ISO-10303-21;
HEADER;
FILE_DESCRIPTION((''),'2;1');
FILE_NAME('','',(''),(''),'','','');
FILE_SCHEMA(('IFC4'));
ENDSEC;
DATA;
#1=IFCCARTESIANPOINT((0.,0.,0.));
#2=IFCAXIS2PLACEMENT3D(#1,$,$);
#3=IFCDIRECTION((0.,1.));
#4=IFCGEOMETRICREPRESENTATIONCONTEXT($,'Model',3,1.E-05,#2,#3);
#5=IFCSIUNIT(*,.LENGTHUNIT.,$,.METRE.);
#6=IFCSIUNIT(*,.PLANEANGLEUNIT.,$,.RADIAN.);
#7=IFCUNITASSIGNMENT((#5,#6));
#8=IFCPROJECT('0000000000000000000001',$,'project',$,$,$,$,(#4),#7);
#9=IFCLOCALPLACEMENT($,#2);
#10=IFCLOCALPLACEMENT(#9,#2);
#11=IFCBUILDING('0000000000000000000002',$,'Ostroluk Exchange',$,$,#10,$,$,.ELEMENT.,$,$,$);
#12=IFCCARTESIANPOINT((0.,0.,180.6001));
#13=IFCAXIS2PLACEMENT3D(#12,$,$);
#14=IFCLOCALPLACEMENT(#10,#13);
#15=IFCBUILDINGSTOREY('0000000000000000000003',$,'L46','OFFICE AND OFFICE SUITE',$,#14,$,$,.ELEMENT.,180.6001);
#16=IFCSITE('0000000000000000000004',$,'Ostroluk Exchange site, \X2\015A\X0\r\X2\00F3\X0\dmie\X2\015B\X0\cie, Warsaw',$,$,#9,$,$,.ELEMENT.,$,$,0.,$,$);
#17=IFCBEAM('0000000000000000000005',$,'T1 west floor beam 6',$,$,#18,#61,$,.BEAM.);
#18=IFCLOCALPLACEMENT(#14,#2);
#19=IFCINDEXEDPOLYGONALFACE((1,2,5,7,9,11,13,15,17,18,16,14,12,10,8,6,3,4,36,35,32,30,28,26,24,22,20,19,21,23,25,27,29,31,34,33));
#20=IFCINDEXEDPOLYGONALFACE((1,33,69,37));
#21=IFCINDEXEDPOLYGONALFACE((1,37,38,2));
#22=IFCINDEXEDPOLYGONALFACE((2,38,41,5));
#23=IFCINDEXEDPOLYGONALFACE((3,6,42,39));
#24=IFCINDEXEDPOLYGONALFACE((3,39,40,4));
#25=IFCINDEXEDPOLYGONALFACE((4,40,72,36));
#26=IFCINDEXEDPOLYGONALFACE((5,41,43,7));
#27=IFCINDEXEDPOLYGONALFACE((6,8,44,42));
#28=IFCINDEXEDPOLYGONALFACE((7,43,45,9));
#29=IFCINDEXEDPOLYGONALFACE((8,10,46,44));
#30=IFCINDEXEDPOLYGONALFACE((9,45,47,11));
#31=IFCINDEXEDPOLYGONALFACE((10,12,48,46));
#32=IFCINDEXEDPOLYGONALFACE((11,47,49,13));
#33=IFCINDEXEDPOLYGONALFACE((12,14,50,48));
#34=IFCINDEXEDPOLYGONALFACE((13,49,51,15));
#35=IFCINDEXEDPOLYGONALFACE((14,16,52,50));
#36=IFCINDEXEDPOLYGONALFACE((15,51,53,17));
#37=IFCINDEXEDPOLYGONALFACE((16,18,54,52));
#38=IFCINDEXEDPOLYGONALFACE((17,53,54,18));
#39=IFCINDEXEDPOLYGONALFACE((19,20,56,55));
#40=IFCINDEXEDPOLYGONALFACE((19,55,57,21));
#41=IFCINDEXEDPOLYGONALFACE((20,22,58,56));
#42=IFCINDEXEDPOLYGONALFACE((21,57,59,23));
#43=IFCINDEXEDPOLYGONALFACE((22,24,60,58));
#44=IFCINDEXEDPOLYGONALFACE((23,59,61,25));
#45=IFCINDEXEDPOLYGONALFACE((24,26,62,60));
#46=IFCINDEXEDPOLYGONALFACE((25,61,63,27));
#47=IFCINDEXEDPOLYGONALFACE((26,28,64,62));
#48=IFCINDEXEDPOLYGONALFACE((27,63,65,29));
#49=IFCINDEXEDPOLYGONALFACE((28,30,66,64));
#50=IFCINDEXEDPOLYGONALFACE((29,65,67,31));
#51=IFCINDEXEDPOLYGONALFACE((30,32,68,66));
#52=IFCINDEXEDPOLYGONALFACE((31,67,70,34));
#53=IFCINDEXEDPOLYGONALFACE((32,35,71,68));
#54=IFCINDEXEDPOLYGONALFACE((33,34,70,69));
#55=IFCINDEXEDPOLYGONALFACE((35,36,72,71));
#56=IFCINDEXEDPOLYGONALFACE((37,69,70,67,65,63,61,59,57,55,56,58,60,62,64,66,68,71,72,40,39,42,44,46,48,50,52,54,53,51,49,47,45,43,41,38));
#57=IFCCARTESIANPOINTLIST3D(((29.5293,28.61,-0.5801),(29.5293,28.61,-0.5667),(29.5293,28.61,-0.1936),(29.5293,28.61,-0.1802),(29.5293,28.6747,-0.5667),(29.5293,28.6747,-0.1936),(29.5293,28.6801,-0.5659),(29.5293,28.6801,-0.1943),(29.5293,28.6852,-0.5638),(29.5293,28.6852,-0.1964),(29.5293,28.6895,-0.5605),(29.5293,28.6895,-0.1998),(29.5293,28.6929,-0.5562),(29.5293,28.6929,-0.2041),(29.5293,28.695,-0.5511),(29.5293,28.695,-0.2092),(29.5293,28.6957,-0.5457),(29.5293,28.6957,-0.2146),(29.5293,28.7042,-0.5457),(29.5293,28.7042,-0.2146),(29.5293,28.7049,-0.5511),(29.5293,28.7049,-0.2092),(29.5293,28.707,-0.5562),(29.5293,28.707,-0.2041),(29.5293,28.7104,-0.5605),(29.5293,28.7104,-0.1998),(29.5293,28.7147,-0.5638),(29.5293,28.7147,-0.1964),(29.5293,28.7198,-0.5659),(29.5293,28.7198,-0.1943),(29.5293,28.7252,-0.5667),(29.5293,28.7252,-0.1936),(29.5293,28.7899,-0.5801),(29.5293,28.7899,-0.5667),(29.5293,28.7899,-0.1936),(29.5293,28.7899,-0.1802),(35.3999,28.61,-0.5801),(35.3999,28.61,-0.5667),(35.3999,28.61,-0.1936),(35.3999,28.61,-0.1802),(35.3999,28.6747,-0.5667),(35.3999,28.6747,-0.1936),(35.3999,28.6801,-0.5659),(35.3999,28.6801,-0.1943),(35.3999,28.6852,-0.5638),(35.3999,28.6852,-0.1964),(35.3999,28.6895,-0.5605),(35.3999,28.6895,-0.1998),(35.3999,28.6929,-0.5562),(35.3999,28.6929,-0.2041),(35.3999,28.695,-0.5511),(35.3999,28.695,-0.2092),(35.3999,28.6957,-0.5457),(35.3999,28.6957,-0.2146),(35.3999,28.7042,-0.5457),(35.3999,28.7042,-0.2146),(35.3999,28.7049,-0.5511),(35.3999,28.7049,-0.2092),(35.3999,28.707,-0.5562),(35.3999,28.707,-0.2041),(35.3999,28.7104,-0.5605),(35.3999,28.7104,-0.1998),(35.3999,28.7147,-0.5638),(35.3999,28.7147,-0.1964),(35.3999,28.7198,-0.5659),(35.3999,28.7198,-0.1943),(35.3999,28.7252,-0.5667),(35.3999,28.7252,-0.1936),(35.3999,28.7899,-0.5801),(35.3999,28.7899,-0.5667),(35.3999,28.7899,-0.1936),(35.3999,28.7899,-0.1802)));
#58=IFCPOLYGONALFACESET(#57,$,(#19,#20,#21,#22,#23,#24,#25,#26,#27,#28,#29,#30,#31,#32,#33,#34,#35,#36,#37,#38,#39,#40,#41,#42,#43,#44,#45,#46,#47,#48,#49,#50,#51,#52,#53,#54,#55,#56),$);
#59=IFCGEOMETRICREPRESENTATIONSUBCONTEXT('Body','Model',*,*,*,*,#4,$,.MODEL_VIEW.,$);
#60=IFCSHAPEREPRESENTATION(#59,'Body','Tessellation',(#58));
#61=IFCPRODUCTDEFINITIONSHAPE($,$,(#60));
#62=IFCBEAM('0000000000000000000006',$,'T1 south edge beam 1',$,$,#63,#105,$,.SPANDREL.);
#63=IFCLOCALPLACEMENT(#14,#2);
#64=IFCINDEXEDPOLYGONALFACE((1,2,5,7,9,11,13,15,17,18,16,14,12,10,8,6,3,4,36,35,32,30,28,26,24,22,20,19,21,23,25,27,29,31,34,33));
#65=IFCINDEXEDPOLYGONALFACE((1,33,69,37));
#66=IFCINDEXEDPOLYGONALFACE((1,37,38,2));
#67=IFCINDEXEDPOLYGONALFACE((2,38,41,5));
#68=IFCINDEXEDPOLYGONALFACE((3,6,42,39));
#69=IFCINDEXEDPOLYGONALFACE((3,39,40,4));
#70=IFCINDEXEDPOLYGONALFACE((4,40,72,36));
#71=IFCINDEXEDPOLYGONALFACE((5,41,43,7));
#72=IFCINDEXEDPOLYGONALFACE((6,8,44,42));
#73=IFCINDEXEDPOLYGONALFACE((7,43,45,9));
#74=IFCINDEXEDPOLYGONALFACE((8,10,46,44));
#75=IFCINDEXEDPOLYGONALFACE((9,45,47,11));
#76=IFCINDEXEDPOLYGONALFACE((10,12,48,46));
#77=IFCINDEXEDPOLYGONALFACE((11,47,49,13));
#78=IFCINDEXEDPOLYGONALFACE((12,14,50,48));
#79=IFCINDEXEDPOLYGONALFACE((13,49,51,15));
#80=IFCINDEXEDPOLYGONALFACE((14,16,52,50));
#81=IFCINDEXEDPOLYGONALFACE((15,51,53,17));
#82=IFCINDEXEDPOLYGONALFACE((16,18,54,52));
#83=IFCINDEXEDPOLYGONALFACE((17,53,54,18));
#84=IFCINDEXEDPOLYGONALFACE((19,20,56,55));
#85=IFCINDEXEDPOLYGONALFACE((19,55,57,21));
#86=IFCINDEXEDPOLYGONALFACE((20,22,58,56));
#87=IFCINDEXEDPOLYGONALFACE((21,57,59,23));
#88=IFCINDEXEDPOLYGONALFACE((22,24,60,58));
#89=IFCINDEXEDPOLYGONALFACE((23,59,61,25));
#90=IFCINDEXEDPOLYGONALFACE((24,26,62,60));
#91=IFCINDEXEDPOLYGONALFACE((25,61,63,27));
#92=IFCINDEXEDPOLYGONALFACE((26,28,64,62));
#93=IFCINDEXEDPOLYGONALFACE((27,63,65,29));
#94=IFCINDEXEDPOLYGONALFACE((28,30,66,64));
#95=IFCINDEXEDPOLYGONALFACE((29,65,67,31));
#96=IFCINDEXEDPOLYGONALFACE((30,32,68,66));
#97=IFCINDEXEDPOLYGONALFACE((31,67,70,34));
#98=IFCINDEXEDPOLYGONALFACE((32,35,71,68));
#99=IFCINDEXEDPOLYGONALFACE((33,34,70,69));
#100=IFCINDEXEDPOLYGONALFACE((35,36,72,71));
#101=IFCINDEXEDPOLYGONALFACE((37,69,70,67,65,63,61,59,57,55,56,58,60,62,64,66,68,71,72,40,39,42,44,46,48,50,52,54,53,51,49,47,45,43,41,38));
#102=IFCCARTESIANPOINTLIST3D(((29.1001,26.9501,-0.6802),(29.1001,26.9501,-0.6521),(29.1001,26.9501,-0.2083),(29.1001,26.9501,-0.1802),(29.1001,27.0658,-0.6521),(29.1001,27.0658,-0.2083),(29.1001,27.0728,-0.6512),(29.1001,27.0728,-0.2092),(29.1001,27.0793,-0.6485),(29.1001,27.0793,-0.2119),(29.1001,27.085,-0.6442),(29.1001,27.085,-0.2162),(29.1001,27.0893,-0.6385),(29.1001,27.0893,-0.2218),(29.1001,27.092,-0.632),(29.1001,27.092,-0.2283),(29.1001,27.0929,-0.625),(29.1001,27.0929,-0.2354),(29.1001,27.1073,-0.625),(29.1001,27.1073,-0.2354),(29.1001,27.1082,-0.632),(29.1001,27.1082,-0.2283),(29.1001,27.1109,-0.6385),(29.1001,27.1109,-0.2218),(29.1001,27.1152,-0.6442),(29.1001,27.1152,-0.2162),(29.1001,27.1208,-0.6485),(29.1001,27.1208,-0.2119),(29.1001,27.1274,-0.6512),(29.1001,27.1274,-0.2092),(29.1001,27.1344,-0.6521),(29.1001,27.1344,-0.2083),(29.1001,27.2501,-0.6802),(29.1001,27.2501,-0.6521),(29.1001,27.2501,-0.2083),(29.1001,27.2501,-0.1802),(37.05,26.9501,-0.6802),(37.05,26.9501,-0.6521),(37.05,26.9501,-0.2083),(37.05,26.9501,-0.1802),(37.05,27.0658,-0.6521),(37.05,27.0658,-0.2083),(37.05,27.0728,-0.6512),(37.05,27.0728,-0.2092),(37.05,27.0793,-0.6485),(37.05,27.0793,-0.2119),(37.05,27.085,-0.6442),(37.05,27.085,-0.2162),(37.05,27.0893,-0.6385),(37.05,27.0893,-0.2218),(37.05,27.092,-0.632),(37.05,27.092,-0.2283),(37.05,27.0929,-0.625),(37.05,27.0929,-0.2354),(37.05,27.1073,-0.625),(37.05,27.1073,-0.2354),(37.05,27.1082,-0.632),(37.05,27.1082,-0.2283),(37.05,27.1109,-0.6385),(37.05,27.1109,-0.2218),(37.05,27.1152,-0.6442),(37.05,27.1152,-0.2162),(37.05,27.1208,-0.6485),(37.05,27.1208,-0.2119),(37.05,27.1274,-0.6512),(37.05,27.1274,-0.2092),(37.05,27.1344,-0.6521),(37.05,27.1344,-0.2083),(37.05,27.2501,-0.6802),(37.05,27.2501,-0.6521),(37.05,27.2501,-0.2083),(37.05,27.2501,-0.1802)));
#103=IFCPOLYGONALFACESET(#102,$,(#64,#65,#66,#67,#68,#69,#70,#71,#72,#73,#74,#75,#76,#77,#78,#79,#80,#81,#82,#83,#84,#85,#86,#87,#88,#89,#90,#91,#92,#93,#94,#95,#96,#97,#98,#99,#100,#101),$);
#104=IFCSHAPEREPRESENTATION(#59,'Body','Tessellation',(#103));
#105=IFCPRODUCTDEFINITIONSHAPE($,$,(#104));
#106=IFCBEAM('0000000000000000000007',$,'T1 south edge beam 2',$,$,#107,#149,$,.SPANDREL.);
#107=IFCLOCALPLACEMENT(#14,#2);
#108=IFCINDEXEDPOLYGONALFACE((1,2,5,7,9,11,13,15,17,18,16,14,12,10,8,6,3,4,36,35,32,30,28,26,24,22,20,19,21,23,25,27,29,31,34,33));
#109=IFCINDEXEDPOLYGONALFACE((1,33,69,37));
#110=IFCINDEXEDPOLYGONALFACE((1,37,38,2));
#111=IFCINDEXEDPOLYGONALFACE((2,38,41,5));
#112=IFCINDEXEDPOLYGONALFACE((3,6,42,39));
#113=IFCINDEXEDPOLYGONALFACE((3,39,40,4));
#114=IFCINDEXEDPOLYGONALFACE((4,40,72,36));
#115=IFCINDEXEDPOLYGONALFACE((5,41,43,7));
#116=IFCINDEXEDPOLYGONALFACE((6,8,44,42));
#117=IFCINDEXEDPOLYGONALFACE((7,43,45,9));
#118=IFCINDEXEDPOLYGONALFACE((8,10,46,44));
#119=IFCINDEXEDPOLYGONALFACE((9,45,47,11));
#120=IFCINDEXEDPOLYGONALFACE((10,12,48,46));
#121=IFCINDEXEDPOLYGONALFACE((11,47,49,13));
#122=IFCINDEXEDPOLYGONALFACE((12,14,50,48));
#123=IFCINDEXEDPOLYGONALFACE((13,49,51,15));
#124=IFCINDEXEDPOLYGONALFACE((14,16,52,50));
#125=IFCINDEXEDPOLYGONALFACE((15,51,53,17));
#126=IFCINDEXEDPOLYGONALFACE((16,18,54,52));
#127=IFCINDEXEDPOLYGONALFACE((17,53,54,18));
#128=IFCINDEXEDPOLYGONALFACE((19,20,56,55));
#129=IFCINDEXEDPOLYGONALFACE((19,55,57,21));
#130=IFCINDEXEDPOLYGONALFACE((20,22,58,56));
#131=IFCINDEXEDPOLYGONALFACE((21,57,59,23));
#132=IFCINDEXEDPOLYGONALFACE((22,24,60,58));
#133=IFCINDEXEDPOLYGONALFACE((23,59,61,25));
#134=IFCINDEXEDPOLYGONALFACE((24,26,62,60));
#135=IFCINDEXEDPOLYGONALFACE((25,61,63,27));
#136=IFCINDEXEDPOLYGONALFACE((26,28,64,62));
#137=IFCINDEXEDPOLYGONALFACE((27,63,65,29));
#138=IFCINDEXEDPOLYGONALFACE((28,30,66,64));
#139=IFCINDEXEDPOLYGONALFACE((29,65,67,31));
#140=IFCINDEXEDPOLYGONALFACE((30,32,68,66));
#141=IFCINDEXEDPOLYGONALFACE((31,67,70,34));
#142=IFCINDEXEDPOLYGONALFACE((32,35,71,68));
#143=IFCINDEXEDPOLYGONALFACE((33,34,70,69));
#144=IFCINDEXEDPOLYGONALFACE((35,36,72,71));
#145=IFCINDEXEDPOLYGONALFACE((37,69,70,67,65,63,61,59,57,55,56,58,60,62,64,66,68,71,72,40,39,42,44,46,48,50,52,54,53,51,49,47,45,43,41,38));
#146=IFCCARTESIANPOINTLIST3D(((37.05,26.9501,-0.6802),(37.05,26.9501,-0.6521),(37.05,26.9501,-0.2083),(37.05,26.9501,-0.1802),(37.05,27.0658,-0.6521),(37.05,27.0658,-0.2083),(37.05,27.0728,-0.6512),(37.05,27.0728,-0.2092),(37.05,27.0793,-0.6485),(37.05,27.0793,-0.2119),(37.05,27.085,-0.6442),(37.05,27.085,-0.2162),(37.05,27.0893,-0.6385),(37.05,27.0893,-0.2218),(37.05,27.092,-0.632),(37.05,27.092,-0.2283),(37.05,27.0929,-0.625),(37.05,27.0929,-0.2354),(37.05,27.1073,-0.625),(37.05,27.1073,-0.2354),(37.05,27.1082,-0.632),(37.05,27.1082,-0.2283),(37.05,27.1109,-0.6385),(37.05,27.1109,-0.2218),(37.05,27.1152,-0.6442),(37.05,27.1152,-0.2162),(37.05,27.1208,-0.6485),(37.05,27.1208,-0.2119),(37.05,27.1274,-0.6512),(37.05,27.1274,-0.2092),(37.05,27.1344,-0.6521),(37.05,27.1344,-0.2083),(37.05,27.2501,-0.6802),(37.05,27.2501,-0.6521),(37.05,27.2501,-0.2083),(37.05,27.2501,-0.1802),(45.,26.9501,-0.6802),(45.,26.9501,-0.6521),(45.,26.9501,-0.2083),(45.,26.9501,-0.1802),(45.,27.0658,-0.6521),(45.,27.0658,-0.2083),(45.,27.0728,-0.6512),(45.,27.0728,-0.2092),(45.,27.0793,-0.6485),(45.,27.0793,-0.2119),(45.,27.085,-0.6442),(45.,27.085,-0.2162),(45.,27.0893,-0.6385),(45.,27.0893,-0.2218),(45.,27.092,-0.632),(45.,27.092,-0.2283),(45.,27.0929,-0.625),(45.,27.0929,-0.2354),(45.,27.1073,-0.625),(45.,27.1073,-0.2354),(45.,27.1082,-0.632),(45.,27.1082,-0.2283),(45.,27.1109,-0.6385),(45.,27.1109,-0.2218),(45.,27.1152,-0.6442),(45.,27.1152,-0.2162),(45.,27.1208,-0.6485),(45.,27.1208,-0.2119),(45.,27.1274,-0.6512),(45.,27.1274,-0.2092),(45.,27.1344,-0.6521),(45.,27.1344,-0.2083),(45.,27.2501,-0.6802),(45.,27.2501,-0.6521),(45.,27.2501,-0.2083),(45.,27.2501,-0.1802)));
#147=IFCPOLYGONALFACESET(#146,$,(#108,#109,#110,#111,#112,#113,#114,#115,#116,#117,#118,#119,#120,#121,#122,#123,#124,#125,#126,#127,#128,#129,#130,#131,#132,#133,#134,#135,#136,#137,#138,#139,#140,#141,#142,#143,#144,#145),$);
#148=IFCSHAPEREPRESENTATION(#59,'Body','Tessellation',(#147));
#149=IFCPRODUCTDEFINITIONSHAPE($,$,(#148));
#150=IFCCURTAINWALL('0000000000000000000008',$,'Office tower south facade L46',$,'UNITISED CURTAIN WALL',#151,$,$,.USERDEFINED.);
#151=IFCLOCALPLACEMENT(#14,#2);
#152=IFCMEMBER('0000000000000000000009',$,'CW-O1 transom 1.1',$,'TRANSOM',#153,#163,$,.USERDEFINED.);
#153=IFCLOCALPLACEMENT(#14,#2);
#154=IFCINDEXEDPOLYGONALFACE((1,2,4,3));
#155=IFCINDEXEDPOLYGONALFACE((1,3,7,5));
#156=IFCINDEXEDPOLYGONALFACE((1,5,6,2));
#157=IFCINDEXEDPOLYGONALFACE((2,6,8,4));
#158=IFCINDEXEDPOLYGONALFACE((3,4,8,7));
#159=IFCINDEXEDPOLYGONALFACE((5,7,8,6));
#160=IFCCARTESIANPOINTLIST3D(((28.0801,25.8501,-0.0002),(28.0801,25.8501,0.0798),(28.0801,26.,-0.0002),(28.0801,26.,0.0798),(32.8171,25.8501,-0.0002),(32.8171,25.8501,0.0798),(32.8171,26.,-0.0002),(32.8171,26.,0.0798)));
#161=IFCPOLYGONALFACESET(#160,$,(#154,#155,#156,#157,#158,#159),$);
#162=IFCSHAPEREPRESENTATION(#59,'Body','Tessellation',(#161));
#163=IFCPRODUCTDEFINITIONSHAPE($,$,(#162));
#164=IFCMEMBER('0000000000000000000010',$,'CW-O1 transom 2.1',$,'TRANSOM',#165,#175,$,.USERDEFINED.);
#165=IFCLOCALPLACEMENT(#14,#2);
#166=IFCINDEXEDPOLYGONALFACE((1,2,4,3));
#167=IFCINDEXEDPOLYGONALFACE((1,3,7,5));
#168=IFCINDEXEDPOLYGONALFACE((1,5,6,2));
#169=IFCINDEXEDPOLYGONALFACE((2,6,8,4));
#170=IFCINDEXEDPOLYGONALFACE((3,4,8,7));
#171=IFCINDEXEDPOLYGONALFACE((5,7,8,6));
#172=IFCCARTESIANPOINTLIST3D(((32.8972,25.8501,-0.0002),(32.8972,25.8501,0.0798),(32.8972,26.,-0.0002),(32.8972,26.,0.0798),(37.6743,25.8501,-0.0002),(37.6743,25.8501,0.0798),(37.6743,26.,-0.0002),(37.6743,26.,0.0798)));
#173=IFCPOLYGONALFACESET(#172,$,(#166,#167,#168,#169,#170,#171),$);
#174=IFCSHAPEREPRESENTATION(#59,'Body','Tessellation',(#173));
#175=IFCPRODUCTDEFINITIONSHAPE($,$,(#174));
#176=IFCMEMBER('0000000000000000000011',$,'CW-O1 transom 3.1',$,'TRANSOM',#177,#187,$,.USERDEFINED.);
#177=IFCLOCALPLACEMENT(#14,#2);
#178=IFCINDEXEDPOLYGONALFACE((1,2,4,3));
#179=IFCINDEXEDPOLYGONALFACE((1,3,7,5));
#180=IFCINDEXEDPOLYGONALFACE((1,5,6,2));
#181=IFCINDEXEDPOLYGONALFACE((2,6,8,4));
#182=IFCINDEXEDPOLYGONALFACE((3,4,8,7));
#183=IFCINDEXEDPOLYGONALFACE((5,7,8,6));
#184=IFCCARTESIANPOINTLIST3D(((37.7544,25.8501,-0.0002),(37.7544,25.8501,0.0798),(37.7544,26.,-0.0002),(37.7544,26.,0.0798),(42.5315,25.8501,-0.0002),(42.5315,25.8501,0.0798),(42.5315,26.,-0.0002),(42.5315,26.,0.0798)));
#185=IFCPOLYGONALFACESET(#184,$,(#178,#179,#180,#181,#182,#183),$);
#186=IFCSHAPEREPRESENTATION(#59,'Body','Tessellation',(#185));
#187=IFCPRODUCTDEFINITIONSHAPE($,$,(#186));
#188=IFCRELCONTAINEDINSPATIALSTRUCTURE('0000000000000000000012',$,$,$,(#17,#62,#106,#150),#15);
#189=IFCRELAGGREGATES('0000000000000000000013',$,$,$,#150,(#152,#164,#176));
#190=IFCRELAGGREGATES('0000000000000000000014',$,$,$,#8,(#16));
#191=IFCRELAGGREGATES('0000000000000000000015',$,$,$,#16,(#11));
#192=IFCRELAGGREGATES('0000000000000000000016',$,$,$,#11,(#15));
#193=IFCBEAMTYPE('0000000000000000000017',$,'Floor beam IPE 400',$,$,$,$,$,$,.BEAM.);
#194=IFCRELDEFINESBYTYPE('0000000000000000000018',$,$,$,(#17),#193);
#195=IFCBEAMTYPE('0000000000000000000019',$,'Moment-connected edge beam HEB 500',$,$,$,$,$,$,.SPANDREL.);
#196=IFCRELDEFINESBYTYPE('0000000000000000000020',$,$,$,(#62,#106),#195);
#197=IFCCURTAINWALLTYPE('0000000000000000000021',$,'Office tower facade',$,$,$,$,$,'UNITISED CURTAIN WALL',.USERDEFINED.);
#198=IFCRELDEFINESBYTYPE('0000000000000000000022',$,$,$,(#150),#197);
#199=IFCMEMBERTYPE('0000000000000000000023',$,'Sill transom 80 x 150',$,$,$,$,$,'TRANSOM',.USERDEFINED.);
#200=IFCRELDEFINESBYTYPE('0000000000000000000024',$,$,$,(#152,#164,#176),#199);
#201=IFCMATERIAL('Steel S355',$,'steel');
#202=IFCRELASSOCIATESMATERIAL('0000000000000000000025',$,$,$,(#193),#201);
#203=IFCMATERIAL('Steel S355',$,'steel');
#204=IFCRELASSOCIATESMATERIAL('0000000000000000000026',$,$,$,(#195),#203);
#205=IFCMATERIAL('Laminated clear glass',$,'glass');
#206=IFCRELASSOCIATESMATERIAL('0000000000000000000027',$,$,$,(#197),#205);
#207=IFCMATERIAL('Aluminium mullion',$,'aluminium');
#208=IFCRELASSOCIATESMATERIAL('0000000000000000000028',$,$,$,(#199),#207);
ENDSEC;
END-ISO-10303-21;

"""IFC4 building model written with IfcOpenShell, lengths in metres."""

from ifc_helpers import new_model, si_unit, direction, frame, origin, origin_2d, place, context, subcontext, project, spatial, rectangle, i_section, extrude, material, material_profile, profile_set, type_object, element, aggregate, save


model = new_model("IFC4")

# Units and contexts
model_context = context("Model", 3, precision=1e-05, world=origin(), true_north=direction((0.0, 1.0)))
body_context = subcontext(model_context, "Body", "Model", "MODEL_VIEW")
ifc_project = project(units=[si_unit("LENGTHUNIT", "METRE"), si_unit("PLANEANGLEUNIT", "RADIAN")], contexts=[model_context])

# Site, building, storey
site_placement = place(None, origin())
site = spatial("IfcSite", under=ifc_project, at=site_placement, Name="Ostroluk Exchange site, Śródmieście, Warsaw", CompositionType="ELEMENT", RefElevation=0.0)
building_placement = place(site_placement, origin())
building = spatial("IfcBuilding", under=site, at=building_placement, Name="Ostroluk Exchange", CompositionType="ELEMENT")
storey_placement = place(building_placement, frame((0.0, 0.0, 180.6001)))
storey = spatial("IfcBuildingStorey", under=building, at=storey_placement, Name="L46", Description="OFFICE AND OFFICE SUITE", CompositionType="ELEMENT", Elevation=180.6001)

# Beams
ifc_material_1 = material(Name="Steel S355", Category="steel")
ifc_material_profile_1 = material_profile(ifc_material_1, i_section(OverallWidth=0.1799, OverallDepth=0.3999, WebThickness=0.0085, FlangeThickness=0.0134, FilletRadius=0.021, at=origin_2d()), Name="IPE 400")
ifc_profile_set_1 = profile_set([ifc_material_profile_1], Name="Steel S355")
beam_type_1 = type_object("IfcBeamType", Name="Floor beam IPE 400", PredefinedType="BEAM", material=ifc_profile_set_1)
beam_1_placement = place(storey_placement, frame((35.3999, 28.7, -0.3801), z_axis=(-1.0, 0.0, 0.0), x_axis=(0.0, -1.0, 0.0)))
element("IfcBeam", 1, at=beam_1_placement, inside=storey, type_object=beam_type_1, Name="T1 west floor beam 6", PredefinedType="BEAM", context=body_context, shape_type="SweptSolid", body=[
    extrude(i_section(OverallWidth=0.1799, OverallDepth=0.3999, WebThickness=0.0085, FlangeThickness=0.0134, FilletRadius=0.021, at=origin_2d()), origin(), (0.0, 0.0, 1.0), 5.8706),
])
ifc_material_2 = material(Name="Steel S355", Category="steel")
ifc_material_profile_2 = material_profile(ifc_material_2, i_section(OverallWidth=0.3, OverallDepth=0.5, WebThickness=0.0144, FlangeThickness=0.0281, FilletRadius=0.0271, at=origin_2d()), Name="HEB 500")
ifc_profile_set_2 = profile_set([ifc_material_profile_2], Name="Steel S355")
beam_type_2 = type_object("IfcBeamType", Name="Moment-connected edge beam HEB 500", PredefinedType="SPANDREL", material=ifc_profile_set_2)
for number, where, z_axis, x_axis, name in (
    (2, (29.1001, 27.1001, -0.4302), (1.0, 0.0, 0.0), (0.0, 1.0, 0.0), "T1 south edge beam 1"),
    (3, (37.05, 27.1001, -0.4302), (1.0, 0.0, 0.0), (0.0, 1.0, 0.0), "T1 south edge beam 2"),
):
    element("IfcBeam", number, at=place(storey_placement, frame(where, z_axis=z_axis, x_axis=x_axis)), inside=storey, type_object=beam_type_2, Name=name, PredefinedType="SPANDREL", context=body_context, shape_type="SweptSolid", body=[
        extrude(i_section(OverallWidth=0.3, OverallDepth=0.5, WebThickness=0.0144, FlangeThickness=0.0281, FilletRadius=0.0271, at=origin_2d()), origin(), (0.0, 0.0, 1.0), 7.95),
    ])

# Curtain wall, members
ifc_material_3 = material(Name="Laminated clear glass", Category="glass")
curtain_wall_type = type_object("IfcCurtainWallType", Name="Office tower facade", ElementType="UNITISED CURTAIN WALL", PredefinedType="USERDEFINED", material=ifc_material_3)
curtain_wall_placement = place(storey_placement, origin())
curtain_wall = element("IfcCurtainWall", 4, at=curtain_wall_placement, inside=storey, type_object=curtain_wall_type, Name="Office tower south facade L46", ObjectType="UNITISED CURTAIN WALL", PredefinedType="USERDEFINED")
ifc_material_4 = material(Name="Aluminium mullion", Category="aluminium")
ifc_material_profile_3 = material_profile(ifc_material_4, rectangle(XDim=0.1499, YDim=0.0801, at=origin_2d()), Name="Sill transom 80 x 150")
ifc_profile_set_3 = profile_set([ifc_material_profile_3], Name="Aluminium mullion")
member_type_1 = type_object("IfcMemberType", Name="Sill transom 80 x 150", ElementType="TRANSOM", PredefinedType="USERDEFINED", material=ifc_profile_set_3)
member_1_placement = place(storey_placement, frame((28.0801, 25.925, 0.0398), z_axis=(1.0, 0.0, 0.0), x_axis=(0.0, 1.0, 0.0)))
member_1 = element("IfcMember", 5, at=member_1_placement, type_object=member_type_1, Name="CW-O1 transom 1.1", ObjectType="TRANSOM", PredefinedType="USERDEFINED", context=body_context, shape_type="SweptSolid", body=[
    extrude(rectangle(XDim=0.1499, YDim=0.0801, at=origin_2d()), origin(), (0.0, 0.0, 1.0), 4.7371),
])
member_2_placement = place(storey_placement, frame((32.8972, 25.925, 0.0398), z_axis=(1.0, 0.0, 0.0), x_axis=(0.0, 1.0, 0.0)))
member_2 = element("IfcMember", 6, at=member_2_placement, type_object=member_type_1, Name="CW-O1 transom 2.1", ObjectType="TRANSOM", PredefinedType="USERDEFINED", context=body_context, shape_type="SweptSolid", body=[
    extrude(rectangle(XDim=0.1499, YDim=0.0801, at=origin_2d()), origin(), (0.0, 0.0, 1.0), 4.7771),
])
member_3_placement = place(storey_placement, frame((37.7544, 25.925, 0.0398), z_axis=(1.0, 0.0, 0.0), x_axis=(0.0, 1.0, 0.0)))
member_3 = element("IfcMember", 7, at=member_3_placement, type_object=member_type_1, Name="CW-O1 transom 3.1", ObjectType="TRANSOM", PredefinedType="USERDEFINED", context=body_context, shape_type="SweptSolid", body=[
    extrude(rectangle(XDim=0.1499, YDim=0.0801, at=origin_2d()), origin(), (0.0, 0.0, 1.0), 4.7771),
])
aggregate(curtain_wall, [member_1, member_2, member_3])

save(model, "model.ifc")
